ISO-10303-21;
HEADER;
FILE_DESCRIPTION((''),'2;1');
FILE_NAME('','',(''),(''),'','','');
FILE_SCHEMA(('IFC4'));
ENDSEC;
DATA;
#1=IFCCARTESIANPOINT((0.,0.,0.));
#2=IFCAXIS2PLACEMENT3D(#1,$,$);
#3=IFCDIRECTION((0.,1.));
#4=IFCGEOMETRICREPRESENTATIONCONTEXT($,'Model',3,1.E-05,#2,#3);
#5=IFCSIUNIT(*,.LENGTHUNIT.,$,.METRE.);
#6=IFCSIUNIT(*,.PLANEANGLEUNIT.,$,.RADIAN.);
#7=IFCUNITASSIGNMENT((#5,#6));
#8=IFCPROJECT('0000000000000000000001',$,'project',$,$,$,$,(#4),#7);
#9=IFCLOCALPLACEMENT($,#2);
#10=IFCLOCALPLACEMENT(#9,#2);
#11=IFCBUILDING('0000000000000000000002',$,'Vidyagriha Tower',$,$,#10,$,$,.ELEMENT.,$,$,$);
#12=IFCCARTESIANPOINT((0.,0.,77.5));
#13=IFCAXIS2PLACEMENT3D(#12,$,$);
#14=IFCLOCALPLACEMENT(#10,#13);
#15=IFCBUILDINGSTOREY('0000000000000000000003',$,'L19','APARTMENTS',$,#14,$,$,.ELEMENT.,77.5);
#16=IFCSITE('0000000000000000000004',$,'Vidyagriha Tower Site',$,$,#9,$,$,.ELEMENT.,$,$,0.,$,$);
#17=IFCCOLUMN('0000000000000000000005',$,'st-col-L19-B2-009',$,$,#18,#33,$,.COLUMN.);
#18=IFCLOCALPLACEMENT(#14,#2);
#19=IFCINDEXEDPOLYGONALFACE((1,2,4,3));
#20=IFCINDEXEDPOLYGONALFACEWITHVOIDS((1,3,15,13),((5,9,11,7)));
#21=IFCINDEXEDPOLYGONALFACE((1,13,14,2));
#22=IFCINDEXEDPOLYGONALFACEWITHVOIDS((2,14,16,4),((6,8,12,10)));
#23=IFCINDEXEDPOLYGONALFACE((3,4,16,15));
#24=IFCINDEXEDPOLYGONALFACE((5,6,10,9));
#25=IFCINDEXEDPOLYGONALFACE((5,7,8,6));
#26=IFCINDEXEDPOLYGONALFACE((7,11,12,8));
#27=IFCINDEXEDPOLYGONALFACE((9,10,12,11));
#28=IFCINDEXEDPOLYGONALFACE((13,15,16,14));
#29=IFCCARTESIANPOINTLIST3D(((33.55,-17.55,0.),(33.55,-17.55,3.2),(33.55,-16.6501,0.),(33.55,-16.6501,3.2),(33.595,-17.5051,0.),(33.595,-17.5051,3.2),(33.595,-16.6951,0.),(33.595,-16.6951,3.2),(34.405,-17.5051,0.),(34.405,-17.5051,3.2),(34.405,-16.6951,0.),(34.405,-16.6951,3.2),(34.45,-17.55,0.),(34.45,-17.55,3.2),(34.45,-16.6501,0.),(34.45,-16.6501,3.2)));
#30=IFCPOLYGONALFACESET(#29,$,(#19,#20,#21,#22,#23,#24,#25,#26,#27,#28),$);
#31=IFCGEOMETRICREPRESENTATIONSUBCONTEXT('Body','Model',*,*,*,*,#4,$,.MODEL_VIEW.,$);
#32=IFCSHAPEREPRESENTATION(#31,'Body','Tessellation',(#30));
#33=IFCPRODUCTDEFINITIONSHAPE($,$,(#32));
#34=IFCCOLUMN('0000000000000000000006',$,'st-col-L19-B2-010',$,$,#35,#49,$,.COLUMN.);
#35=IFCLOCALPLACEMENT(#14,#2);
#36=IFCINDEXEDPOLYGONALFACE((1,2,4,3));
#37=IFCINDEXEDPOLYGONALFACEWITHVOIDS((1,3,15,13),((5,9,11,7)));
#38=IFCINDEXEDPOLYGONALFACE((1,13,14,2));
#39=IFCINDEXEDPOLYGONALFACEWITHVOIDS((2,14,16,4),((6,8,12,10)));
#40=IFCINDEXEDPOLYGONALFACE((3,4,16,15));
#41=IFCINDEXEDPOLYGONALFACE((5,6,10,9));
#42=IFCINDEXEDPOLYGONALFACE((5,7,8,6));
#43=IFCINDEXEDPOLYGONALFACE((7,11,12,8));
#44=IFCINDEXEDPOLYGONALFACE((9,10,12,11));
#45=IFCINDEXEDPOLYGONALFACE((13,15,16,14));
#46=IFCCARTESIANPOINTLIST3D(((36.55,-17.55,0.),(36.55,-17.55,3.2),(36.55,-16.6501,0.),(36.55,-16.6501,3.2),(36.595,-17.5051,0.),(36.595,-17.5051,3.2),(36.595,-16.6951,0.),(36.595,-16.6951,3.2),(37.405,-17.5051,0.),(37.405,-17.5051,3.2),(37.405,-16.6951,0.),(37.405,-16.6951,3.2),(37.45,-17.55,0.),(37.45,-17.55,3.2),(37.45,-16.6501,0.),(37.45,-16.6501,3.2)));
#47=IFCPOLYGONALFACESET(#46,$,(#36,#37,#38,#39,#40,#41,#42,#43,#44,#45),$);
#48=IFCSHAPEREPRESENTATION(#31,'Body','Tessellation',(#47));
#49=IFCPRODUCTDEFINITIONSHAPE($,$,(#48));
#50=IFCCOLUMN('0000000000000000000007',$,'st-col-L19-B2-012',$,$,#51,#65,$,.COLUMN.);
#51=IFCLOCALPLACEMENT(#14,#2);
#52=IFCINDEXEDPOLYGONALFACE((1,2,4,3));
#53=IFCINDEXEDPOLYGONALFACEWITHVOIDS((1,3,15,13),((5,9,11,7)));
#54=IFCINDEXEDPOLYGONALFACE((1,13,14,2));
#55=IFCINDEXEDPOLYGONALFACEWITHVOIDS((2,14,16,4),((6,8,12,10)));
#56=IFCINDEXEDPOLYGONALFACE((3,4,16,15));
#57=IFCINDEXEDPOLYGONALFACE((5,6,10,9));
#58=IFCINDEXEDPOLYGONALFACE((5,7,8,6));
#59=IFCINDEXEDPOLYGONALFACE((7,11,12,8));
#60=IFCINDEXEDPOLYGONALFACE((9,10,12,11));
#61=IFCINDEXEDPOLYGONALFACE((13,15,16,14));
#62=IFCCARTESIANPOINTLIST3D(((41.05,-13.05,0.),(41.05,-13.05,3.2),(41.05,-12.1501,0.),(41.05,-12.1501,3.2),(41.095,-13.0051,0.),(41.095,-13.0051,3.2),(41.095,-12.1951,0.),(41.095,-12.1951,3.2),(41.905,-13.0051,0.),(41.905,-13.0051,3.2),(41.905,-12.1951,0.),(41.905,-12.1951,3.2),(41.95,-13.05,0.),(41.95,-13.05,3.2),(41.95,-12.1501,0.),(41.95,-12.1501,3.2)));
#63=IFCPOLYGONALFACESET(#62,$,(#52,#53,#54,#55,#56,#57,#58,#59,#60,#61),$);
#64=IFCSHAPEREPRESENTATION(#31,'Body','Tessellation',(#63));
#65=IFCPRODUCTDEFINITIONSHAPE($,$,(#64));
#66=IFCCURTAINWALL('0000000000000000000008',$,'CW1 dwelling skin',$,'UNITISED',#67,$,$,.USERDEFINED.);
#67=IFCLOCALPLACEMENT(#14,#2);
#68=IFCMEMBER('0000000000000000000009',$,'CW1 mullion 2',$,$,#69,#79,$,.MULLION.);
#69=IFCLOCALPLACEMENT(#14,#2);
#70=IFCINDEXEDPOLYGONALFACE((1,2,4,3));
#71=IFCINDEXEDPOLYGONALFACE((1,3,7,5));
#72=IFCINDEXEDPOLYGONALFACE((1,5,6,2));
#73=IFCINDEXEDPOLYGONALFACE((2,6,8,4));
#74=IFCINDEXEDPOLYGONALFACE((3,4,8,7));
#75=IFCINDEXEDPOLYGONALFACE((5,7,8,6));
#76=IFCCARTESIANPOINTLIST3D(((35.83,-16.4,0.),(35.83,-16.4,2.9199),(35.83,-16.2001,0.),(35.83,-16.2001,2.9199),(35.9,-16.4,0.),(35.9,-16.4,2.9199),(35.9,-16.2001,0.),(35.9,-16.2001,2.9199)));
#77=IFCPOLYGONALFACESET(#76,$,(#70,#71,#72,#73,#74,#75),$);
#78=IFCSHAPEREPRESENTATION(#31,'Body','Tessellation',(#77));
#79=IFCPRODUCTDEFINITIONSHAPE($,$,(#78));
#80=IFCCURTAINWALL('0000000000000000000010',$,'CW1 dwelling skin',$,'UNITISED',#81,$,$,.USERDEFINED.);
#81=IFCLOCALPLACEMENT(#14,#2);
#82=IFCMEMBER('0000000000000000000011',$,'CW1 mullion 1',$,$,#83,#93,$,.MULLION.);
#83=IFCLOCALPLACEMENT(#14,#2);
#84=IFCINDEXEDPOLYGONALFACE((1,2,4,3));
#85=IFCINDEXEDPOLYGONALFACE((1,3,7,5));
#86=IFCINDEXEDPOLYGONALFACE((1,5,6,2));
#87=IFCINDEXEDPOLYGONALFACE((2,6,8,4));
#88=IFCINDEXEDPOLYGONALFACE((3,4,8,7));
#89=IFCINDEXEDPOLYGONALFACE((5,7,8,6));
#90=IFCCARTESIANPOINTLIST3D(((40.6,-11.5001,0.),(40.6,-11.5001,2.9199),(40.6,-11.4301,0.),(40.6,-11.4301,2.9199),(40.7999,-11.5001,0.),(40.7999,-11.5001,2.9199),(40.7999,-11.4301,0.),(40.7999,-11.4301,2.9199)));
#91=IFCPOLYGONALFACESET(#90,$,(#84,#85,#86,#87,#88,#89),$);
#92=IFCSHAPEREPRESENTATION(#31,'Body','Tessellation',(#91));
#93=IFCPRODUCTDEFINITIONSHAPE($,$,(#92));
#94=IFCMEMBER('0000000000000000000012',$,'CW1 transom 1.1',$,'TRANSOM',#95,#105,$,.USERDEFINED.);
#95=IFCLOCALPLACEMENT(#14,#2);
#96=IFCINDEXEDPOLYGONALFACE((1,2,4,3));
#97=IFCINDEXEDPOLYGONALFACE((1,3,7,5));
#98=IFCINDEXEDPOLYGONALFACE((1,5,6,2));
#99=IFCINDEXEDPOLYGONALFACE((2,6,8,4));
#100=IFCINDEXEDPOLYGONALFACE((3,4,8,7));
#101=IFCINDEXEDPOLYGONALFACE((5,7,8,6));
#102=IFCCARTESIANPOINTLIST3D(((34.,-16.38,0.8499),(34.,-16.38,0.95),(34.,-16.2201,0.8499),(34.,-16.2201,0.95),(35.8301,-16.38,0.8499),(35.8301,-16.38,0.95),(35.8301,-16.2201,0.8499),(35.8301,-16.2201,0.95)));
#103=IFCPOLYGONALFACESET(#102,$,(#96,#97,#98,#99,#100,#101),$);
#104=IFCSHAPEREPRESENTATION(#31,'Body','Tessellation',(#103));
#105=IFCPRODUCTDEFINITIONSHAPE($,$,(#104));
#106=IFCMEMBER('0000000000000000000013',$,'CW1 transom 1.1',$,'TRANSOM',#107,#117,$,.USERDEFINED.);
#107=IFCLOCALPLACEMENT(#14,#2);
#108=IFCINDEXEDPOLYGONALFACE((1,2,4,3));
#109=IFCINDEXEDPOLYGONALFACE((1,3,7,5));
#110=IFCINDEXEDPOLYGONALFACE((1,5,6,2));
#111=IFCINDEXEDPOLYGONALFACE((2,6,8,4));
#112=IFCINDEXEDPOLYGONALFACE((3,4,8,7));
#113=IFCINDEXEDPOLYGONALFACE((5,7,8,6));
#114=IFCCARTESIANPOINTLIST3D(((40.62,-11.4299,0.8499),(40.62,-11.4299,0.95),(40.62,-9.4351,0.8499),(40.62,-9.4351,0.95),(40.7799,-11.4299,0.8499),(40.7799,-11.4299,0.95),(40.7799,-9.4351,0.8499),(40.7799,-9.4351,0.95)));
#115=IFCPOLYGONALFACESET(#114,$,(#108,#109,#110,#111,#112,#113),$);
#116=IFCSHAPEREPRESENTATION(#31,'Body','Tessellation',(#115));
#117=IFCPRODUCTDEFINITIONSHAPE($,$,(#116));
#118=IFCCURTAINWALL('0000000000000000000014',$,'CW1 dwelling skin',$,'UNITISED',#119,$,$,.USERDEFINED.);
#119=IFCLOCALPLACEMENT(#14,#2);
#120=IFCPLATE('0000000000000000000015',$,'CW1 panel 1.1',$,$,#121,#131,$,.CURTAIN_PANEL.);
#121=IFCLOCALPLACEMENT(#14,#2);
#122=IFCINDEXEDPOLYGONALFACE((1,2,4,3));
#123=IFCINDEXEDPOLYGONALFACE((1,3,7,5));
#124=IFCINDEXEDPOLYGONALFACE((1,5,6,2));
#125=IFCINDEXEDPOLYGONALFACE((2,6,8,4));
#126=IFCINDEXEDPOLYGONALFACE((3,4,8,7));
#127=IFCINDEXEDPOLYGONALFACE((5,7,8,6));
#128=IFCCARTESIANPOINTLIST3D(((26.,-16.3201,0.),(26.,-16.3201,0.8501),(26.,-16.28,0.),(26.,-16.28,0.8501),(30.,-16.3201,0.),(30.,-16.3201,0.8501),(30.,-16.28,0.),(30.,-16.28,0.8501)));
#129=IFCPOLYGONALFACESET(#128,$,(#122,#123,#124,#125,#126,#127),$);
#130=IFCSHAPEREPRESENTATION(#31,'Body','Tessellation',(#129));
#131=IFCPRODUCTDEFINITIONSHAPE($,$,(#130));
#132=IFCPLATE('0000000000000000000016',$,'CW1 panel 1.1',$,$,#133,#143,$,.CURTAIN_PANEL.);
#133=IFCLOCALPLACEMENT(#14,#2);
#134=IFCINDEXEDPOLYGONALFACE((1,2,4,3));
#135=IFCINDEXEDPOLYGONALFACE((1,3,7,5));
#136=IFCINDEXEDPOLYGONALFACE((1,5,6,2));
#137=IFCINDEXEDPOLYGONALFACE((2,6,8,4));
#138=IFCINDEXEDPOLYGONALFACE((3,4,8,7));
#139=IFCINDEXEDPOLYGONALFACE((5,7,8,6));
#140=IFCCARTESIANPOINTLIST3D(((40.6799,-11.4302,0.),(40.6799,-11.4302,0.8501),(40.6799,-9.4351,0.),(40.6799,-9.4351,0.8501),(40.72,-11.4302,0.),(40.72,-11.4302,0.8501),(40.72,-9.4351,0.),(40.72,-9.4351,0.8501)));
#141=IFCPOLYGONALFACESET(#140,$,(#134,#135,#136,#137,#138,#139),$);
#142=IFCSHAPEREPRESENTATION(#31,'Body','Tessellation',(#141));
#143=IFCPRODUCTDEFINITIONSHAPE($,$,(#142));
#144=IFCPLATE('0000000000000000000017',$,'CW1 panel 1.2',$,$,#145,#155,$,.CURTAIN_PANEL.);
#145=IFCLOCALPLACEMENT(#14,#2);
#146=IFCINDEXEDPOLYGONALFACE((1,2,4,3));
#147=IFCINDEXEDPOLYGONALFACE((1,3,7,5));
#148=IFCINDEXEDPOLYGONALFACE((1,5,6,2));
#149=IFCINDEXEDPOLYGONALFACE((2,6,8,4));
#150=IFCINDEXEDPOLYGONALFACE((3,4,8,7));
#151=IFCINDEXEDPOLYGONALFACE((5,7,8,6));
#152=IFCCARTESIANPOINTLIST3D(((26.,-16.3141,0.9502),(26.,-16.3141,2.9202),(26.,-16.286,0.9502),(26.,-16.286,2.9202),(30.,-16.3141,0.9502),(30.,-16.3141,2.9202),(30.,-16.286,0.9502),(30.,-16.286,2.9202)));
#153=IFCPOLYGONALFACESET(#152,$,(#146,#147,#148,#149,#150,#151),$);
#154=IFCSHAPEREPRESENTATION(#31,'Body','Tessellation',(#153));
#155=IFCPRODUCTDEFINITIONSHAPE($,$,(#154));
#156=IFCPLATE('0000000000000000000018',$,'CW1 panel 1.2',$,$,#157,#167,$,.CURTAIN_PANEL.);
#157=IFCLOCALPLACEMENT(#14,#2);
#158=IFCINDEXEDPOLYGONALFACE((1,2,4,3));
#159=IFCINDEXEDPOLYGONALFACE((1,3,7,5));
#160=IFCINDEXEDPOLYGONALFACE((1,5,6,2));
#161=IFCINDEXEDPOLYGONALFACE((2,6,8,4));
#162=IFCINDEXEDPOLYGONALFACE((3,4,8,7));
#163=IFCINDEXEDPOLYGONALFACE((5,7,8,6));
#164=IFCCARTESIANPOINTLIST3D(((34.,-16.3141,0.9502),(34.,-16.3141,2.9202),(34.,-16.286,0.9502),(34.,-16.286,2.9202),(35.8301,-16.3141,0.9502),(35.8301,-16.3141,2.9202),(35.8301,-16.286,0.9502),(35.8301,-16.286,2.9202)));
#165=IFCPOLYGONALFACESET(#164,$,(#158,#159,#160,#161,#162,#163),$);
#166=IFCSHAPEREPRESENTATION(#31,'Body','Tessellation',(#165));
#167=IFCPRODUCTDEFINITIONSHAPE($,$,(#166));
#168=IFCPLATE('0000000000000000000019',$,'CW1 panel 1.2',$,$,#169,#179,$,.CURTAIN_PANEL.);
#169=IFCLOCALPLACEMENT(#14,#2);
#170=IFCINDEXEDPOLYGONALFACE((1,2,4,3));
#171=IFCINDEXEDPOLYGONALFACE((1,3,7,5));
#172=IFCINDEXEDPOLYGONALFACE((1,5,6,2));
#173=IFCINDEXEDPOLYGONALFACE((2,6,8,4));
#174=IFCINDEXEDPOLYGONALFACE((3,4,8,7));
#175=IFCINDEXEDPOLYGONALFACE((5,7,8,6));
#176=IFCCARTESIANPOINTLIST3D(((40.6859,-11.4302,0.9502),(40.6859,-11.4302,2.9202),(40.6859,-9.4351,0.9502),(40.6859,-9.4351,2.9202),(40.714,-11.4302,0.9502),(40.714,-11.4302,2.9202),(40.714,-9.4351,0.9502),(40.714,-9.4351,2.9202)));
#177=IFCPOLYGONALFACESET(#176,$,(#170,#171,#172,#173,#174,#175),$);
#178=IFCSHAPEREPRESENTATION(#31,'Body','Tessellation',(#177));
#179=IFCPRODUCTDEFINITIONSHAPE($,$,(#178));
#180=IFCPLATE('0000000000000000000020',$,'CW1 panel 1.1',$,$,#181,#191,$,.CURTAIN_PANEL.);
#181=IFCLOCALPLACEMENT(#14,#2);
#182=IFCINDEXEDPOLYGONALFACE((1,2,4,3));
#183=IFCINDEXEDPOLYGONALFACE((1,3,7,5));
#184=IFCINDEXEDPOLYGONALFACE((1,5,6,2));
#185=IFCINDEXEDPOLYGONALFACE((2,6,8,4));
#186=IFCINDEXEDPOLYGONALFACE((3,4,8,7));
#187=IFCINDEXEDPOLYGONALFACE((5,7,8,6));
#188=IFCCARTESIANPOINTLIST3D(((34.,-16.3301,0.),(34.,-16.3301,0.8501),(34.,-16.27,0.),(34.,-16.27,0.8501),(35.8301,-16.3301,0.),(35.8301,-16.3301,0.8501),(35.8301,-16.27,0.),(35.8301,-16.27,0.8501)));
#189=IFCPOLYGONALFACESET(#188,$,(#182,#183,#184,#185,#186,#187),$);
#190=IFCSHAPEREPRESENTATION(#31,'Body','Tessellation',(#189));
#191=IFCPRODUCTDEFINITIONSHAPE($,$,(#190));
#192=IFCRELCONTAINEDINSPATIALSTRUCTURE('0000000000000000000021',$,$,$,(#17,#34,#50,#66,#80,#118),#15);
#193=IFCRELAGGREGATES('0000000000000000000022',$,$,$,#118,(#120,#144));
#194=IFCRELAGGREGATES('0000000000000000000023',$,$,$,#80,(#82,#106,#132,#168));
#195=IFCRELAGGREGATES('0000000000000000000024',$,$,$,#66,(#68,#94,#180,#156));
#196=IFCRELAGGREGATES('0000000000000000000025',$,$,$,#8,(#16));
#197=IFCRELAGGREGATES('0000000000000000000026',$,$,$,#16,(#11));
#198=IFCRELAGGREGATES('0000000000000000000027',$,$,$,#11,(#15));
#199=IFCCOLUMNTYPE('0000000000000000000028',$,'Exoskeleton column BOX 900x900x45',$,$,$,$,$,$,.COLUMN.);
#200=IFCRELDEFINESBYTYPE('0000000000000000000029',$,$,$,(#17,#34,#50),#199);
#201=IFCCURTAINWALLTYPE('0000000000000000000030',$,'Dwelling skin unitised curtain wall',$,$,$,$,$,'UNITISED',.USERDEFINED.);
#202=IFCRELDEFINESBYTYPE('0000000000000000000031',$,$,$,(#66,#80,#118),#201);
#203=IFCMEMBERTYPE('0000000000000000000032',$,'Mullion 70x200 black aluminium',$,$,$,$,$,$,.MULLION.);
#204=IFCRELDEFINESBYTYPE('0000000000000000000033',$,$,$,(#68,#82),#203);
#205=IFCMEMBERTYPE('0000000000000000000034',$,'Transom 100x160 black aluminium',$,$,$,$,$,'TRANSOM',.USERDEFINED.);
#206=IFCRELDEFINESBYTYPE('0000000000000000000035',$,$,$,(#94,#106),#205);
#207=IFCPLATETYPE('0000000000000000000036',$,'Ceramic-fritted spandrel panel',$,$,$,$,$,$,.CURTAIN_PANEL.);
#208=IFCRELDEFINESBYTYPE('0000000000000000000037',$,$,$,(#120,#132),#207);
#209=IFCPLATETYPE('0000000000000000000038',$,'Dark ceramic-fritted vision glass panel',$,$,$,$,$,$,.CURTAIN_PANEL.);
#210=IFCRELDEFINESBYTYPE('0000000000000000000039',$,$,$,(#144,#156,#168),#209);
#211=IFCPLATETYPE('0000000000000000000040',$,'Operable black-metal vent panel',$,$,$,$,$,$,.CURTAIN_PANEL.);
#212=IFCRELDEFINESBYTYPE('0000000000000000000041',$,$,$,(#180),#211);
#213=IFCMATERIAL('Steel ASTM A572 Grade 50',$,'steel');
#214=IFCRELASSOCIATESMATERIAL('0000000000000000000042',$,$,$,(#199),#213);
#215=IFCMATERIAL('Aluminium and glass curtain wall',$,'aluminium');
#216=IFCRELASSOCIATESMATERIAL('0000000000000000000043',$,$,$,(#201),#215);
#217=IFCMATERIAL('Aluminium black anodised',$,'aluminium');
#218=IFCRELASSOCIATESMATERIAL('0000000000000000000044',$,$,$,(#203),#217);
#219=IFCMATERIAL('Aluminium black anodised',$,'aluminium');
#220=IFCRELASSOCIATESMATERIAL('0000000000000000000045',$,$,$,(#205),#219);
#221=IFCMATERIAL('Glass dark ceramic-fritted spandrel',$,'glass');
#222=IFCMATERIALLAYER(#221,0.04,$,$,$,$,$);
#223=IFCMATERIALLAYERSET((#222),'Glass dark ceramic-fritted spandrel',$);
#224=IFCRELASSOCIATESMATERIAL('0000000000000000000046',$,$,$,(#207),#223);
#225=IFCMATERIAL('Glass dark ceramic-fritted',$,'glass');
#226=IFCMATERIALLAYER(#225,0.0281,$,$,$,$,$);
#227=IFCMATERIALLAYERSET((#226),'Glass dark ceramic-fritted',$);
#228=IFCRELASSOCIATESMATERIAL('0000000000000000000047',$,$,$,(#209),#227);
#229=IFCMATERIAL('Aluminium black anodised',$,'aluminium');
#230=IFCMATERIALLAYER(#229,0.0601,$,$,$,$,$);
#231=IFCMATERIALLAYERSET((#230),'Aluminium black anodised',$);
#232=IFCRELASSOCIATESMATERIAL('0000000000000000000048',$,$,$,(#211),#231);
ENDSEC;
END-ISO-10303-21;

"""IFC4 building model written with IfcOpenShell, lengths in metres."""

from ifc_helpers import new_model, si_unit, direction, frame, origin, origin_2d, place, context, subcontext, project, spatial, rectangle, hollow_rectangle, extrude, material, layer, layer_set, material_profile, profile_set, type_object, element, aggregate, save


model = new_model("IFC4")

# Units and contexts
model_context = context("Model", 3, precision=1e-05, world=origin(), true_north=direction((0.0, 1.0)))
body_context = subcontext(model_context, "Body", "Model", "MODEL_VIEW")
ifc_project = project(units=[si_unit("LENGTHUNIT", "METRE"), si_unit("PLANEANGLEUNIT", "RADIAN")], contexts=[model_context])

# Site, building, storey
site_placement = place(None, origin())
site = spatial("IfcSite", under=ifc_project, at=site_placement, Name="Vidyagriha Tower Site", CompositionType="ELEMENT", RefElevation=0.0)
building_placement = place(site_placement, origin())
building = spatial("IfcBuilding", under=site, at=building_placement, Name="Vidyagriha Tower", CompositionType="ELEMENT")
storey_placement = place(building_placement, frame((0.0, 0.0, 77.5)))
storey = spatial("IfcBuildingStorey", under=building, at=storey_placement, Name="L19", Description="APARTMENTS", CompositionType="ELEMENT", Elevation=77.5)

# Columns
ifc_material_1 = material(Name="Steel ASTM A572 Grade 50", Category="steel")
ifc_material_profile_1 = material_profile(ifc_material_1, hollow_rectangle(XDim=0.8999, YDim=0.8999, WallThickness=0.0449, at=origin_2d()), Name="BOX 900x900x45")
ifc_profile_set_1 = profile_set([ifc_material_profile_1], Name="Steel ASTM A572 Grade 50")
column_type = type_object("IfcColumnType", Name="Exoskeleton column BOX 900x900x45", PredefinedType="COLUMN", material=ifc_profile_set_1)
for number, where, name in (
    (1, (34.0, -17.1001, 0.0), "st-col-L19-B2-009"),
    (2, (37.0, -17.1001, 0.0), "st-col-L19-B2-010"),
    (3, (41.5, -12.6001, 0.0), "st-col-L19-B2-012"),
):
    element("IfcColumn", number, at=place(storey_placement, frame(where)), inside=storey, type_object=column_type, Name=name, PredefinedType="COLUMN", context=body_context, shape_type="SweptSolid", body=[
        extrude(hollow_rectangle(XDim=0.8999, YDim=0.8999, WallThickness=0.0449, at=origin_2d()), origin(), (0.0, 0.0, 1.0), 3.2),
    ])

# Curtain walls, members
ifc_material_2 = material(Name="Aluminium and glass curtain wall", Category="aluminium")
curtain_wall_type = type_object("IfcCurtainWallType", Name="Dwelling skin unitised curtain wall", ElementType="UNITISED", PredefinedType="USERDEFINED", material=ifc_material_2)
curtain_wall_1_placement = place(storey_placement, origin())
curtain_wall_1 = element("IfcCurtainWall", 4, at=curtain_wall_1_placement, inside=storey, type_object=curtain_wall_type, Name="CW1 dwelling skin", ObjectType="UNITISED", PredefinedType="USERDEFINED")
ifc_material_3 = material(Name="Aluminium black anodised", Category="aluminium")
ifc_material_profile_2 = material_profile(ifc_material_3, rectangle(XDim=0.2, YDim=0.0701, at=origin_2d()), Name="Mullion 70x200 black aluminium")
ifc_profile_set_2 = profile_set([ifc_material_profile_2], Name="Aluminium black anodised")
member_type_1 = type_object("IfcMemberType", Name="Mullion 70x200 black aluminium", PredefinedType="MULLION", material=ifc_profile_set_2)
member_1_placement = place(storey_placement, frame((35.865, -16.3, 0.0), z_axis=(0.0, 0.0, 1.0), x_axis=(0.0, 1.0, 0.0)))
member_1 = element("IfcMember", 5, at=member_1_placement, type_object=member_type_1, Name="CW1 mullion 2", PredefinedType="MULLION", context=body_context, shape_type="SweptSolid", body=[
    extrude(rectangle(XDim=0.2, YDim=0.0701, at=origin_2d()), origin(), (0.0, 0.0, 1.0), 2.9199),
])
curtain_wall_2_placement = place(storey_placement, origin())
curtain_wall_2 = element("IfcCurtainWall", 6, at=curtain_wall_2_placement, inside=storey, type_object=curtain_wall_type, Name="CW1 dwelling skin", ObjectType="UNITISED", PredefinedType="USERDEFINED")
member_2_placement = place(storey_placement, frame((40.7, -11.4651, 0.0), z_axis=(0.0, 0.0, 1.0), x_axis=(-1.0, 0.0, 0.0)))
member_2 = element("IfcMember", 7, at=member_2_placement, type_object=member_type_1, Name="CW1 mullion 1", PredefinedType="MULLION", context=body_context, shape_type="SweptSolid", body=[
    extrude(rectangle(XDim=0.2, YDim=0.0701, at=origin_2d()), origin(), (0.0, 0.0, 1.0), 2.9199),
])

# Members
ifc_material_4 = material(Name="Aluminium black anodised", Category="aluminium")
ifc_material_profile_3 = material_profile(ifc_material_4, rectangle(XDim=0.1599, YDim=0.1001, at=origin_2d()), Name="Transom 100x160 black aluminium")
ifc_profile_set_3 = profile_set([ifc_material_profile_3], Name="Aluminium black anodised")
member_type_2 = type_object("IfcMemberType", Name="Transom 100x160 black aluminium", ElementType="TRANSOM", PredefinedType="USERDEFINED", material=ifc_profile_set_3)
member_3_placement = place(storey_placement, frame((34.0, -16.3, 0.8999), z_axis=(1.0, 0.0, 0.0), x_axis=(0.0, 1.0, 0.0)))
member_3 = element("IfcMember", 8, at=member_3_placement, type_object=member_type_2, Name="CW1 transom 1.1", ObjectType="TRANSOM", PredefinedType="USERDEFINED", context=body_context, shape_type="SweptSolid", body=[
    extrude(rectangle(XDim=0.1599, YDim=0.1001, at=origin_2d()), origin(), (0.0, 0.0, 1.0), 1.8301),
])
member_4_placement = place(storey_placement, frame((40.7, -11.4299, 0.8999), z_axis=(0.0, 1.0, 0.0), x_axis=(-1.0, 0.0, 0.0)))
member_4 = element("IfcMember", 9, at=member_4_placement, type_object=member_type_2, Name="CW1 transom 1.1", ObjectType="TRANSOM", PredefinedType="USERDEFINED", context=body_context, shape_type="SweptSolid", body=[
    extrude(rectangle(XDim=0.1599, YDim=0.1001, at=origin_2d()), origin(), (0.0, 0.0, 1.0), 1.9949),
])

# Curtain wall, plate
curtain_wall_3_placement = place(storey_placement, origin())
curtain_wall_3 = element("IfcCurtainWall", 10, at=curtain_wall_3_placement, inside=storey, type_object=curtain_wall_type, Name="CW1 dwelling skin", ObjectType="UNITISED", PredefinedType="USERDEFINED")
ifc_material_5 = material(Name="Glass dark ceramic-fritted spandrel", Category="glass")
ifc_layer_1 = layer(ifc_material_5, 0.04)
ifc_layer_set_1 = layer_set([ifc_layer_1], Name="Glass dark ceramic-fritted spandrel")
plate_type_1 = type_object("IfcPlateType", Name="Ceramic-fritted spandrel panel", PredefinedType="CURTAIN_PANEL", material=ifc_layer_set_1)
plate_1_placement = place(storey_placement, frame((28.0, -16.3, 0.0)))
plate_1 = element("IfcPlate", 11, at=plate_1_placement, type_object=plate_type_1, Name="CW1 panel 1.1", PredefinedType="CURTAIN_PANEL", context=body_context, shape_type="SweptSolid", body=[
    extrude(rectangle(XDim=4.0, YDim=0.04, at=origin_2d()), origin(), (0.0, 0.0, 1.0), 0.8501),
])

# Plates
plate_2_placement = place(storey_placement, frame((40.7, -10.4326, 0.0), z_axis=(0.0, 0.0, 1.0), x_axis=(0.0, 1.0, 0.0)))
plate_2 = element("IfcPlate", 12, at=plate_2_placement, type_object=plate_type_1, Name="CW1 panel 1.1", PredefinedType="CURTAIN_PANEL", context=body_context, shape_type="SweptSolid", body=[
    extrude(rectangle(XDim=1.9951, YDim=0.04, at=origin_2d()), origin(), (0.0, 0.0, 1.0), 0.8501),
])
ifc_material_6 = material(Name="Glass dark ceramic-fritted", Category="glass")
ifc_layer_2 = layer(ifc_material_6, 0.0281)
ifc_layer_set_2 = layer_set([ifc_layer_2], Name="Glass dark ceramic-fritted")
plate_type_2 = type_object("IfcPlateType", Name="Dark ceramic-fritted vision glass panel", PredefinedType="CURTAIN_PANEL", material=ifc_layer_set_2)
plate_3_placement = place(storey_placement, frame((28.0, -16.3, 0.9502)))
plate_3 = element("IfcPlate", 13, at=plate_3_placement, type_object=plate_type_2, Name="CW1 panel 1.2", PredefinedType="CURTAIN_PANEL", context=body_context, shape_type="SweptSolid", body=[
    extrude(rectangle(XDim=4.0, YDim=0.0281, at=origin_2d()), origin(), (0.0, 0.0, 1.0), 1.97),
])
aggregate(curtain_wall_3, [plate_1, plate_3])
plate_4_placement = place(storey_placement, frame((34.915, -16.3, 0.9502)))
plate_4 = element("IfcPlate", 14, at=plate_4_placement, type_object=plate_type_2, Name="CW1 panel 1.2", PredefinedType="CURTAIN_PANEL", context=body_context, shape_type="SweptSolid", body=[
    extrude(rectangle(XDim=1.8301, YDim=0.0281, at=origin_2d()), origin(), (0.0, 0.0, 1.0), 1.97),
])
plate_5_placement = place(storey_placement, frame((40.7, -10.4326, 0.9502), z_axis=(0.0, 0.0, 1.0), x_axis=(0.0, 1.0, 0.0)))
plate_5 = element("IfcPlate", 15, at=plate_5_placement, type_object=plate_type_2, Name="CW1 panel 1.2", PredefinedType="CURTAIN_PANEL", context=body_context, shape_type="SweptSolid", body=[
    extrude(rectangle(XDim=1.9951, YDim=0.0281, at=origin_2d()), origin(), (0.0, 0.0, 1.0), 1.97),
])
aggregate(curtain_wall_2, [member_2, member_4, plate_2, plate_5])
ifc_material_7 = material(Name="Aluminium black anodised", Category="aluminium")
ifc_layer_3 = layer(ifc_material_7, 0.0601)
ifc_layer_set_3 = layer_set([ifc_layer_3], Name="Aluminium black anodised")
plate_type_3 = type_object("IfcPlateType", Name="Operable black-metal vent panel", PredefinedType="CURTAIN_PANEL", material=ifc_layer_set_3)
plate_6_placement = place(storey_placement, frame((34.915, -16.3, 0.0)))
plate_6 = element("IfcPlate", 16, at=plate_6_placement, type_object=plate_type_3, Name="CW1 panel 1.1", PredefinedType="CURTAIN_PANEL", context=body_context, shape_type="SweptSolid", body=[
    extrude(rectangle(XDim=1.8301, YDim=0.0601, at=origin_2d()), origin(), (0.0, 0.0, 1.0), 0.8501),
])
aggregate(curtain_wall_1, [member_1, member_3, plate_6, plate_4])

save(model, "model.ifc")
